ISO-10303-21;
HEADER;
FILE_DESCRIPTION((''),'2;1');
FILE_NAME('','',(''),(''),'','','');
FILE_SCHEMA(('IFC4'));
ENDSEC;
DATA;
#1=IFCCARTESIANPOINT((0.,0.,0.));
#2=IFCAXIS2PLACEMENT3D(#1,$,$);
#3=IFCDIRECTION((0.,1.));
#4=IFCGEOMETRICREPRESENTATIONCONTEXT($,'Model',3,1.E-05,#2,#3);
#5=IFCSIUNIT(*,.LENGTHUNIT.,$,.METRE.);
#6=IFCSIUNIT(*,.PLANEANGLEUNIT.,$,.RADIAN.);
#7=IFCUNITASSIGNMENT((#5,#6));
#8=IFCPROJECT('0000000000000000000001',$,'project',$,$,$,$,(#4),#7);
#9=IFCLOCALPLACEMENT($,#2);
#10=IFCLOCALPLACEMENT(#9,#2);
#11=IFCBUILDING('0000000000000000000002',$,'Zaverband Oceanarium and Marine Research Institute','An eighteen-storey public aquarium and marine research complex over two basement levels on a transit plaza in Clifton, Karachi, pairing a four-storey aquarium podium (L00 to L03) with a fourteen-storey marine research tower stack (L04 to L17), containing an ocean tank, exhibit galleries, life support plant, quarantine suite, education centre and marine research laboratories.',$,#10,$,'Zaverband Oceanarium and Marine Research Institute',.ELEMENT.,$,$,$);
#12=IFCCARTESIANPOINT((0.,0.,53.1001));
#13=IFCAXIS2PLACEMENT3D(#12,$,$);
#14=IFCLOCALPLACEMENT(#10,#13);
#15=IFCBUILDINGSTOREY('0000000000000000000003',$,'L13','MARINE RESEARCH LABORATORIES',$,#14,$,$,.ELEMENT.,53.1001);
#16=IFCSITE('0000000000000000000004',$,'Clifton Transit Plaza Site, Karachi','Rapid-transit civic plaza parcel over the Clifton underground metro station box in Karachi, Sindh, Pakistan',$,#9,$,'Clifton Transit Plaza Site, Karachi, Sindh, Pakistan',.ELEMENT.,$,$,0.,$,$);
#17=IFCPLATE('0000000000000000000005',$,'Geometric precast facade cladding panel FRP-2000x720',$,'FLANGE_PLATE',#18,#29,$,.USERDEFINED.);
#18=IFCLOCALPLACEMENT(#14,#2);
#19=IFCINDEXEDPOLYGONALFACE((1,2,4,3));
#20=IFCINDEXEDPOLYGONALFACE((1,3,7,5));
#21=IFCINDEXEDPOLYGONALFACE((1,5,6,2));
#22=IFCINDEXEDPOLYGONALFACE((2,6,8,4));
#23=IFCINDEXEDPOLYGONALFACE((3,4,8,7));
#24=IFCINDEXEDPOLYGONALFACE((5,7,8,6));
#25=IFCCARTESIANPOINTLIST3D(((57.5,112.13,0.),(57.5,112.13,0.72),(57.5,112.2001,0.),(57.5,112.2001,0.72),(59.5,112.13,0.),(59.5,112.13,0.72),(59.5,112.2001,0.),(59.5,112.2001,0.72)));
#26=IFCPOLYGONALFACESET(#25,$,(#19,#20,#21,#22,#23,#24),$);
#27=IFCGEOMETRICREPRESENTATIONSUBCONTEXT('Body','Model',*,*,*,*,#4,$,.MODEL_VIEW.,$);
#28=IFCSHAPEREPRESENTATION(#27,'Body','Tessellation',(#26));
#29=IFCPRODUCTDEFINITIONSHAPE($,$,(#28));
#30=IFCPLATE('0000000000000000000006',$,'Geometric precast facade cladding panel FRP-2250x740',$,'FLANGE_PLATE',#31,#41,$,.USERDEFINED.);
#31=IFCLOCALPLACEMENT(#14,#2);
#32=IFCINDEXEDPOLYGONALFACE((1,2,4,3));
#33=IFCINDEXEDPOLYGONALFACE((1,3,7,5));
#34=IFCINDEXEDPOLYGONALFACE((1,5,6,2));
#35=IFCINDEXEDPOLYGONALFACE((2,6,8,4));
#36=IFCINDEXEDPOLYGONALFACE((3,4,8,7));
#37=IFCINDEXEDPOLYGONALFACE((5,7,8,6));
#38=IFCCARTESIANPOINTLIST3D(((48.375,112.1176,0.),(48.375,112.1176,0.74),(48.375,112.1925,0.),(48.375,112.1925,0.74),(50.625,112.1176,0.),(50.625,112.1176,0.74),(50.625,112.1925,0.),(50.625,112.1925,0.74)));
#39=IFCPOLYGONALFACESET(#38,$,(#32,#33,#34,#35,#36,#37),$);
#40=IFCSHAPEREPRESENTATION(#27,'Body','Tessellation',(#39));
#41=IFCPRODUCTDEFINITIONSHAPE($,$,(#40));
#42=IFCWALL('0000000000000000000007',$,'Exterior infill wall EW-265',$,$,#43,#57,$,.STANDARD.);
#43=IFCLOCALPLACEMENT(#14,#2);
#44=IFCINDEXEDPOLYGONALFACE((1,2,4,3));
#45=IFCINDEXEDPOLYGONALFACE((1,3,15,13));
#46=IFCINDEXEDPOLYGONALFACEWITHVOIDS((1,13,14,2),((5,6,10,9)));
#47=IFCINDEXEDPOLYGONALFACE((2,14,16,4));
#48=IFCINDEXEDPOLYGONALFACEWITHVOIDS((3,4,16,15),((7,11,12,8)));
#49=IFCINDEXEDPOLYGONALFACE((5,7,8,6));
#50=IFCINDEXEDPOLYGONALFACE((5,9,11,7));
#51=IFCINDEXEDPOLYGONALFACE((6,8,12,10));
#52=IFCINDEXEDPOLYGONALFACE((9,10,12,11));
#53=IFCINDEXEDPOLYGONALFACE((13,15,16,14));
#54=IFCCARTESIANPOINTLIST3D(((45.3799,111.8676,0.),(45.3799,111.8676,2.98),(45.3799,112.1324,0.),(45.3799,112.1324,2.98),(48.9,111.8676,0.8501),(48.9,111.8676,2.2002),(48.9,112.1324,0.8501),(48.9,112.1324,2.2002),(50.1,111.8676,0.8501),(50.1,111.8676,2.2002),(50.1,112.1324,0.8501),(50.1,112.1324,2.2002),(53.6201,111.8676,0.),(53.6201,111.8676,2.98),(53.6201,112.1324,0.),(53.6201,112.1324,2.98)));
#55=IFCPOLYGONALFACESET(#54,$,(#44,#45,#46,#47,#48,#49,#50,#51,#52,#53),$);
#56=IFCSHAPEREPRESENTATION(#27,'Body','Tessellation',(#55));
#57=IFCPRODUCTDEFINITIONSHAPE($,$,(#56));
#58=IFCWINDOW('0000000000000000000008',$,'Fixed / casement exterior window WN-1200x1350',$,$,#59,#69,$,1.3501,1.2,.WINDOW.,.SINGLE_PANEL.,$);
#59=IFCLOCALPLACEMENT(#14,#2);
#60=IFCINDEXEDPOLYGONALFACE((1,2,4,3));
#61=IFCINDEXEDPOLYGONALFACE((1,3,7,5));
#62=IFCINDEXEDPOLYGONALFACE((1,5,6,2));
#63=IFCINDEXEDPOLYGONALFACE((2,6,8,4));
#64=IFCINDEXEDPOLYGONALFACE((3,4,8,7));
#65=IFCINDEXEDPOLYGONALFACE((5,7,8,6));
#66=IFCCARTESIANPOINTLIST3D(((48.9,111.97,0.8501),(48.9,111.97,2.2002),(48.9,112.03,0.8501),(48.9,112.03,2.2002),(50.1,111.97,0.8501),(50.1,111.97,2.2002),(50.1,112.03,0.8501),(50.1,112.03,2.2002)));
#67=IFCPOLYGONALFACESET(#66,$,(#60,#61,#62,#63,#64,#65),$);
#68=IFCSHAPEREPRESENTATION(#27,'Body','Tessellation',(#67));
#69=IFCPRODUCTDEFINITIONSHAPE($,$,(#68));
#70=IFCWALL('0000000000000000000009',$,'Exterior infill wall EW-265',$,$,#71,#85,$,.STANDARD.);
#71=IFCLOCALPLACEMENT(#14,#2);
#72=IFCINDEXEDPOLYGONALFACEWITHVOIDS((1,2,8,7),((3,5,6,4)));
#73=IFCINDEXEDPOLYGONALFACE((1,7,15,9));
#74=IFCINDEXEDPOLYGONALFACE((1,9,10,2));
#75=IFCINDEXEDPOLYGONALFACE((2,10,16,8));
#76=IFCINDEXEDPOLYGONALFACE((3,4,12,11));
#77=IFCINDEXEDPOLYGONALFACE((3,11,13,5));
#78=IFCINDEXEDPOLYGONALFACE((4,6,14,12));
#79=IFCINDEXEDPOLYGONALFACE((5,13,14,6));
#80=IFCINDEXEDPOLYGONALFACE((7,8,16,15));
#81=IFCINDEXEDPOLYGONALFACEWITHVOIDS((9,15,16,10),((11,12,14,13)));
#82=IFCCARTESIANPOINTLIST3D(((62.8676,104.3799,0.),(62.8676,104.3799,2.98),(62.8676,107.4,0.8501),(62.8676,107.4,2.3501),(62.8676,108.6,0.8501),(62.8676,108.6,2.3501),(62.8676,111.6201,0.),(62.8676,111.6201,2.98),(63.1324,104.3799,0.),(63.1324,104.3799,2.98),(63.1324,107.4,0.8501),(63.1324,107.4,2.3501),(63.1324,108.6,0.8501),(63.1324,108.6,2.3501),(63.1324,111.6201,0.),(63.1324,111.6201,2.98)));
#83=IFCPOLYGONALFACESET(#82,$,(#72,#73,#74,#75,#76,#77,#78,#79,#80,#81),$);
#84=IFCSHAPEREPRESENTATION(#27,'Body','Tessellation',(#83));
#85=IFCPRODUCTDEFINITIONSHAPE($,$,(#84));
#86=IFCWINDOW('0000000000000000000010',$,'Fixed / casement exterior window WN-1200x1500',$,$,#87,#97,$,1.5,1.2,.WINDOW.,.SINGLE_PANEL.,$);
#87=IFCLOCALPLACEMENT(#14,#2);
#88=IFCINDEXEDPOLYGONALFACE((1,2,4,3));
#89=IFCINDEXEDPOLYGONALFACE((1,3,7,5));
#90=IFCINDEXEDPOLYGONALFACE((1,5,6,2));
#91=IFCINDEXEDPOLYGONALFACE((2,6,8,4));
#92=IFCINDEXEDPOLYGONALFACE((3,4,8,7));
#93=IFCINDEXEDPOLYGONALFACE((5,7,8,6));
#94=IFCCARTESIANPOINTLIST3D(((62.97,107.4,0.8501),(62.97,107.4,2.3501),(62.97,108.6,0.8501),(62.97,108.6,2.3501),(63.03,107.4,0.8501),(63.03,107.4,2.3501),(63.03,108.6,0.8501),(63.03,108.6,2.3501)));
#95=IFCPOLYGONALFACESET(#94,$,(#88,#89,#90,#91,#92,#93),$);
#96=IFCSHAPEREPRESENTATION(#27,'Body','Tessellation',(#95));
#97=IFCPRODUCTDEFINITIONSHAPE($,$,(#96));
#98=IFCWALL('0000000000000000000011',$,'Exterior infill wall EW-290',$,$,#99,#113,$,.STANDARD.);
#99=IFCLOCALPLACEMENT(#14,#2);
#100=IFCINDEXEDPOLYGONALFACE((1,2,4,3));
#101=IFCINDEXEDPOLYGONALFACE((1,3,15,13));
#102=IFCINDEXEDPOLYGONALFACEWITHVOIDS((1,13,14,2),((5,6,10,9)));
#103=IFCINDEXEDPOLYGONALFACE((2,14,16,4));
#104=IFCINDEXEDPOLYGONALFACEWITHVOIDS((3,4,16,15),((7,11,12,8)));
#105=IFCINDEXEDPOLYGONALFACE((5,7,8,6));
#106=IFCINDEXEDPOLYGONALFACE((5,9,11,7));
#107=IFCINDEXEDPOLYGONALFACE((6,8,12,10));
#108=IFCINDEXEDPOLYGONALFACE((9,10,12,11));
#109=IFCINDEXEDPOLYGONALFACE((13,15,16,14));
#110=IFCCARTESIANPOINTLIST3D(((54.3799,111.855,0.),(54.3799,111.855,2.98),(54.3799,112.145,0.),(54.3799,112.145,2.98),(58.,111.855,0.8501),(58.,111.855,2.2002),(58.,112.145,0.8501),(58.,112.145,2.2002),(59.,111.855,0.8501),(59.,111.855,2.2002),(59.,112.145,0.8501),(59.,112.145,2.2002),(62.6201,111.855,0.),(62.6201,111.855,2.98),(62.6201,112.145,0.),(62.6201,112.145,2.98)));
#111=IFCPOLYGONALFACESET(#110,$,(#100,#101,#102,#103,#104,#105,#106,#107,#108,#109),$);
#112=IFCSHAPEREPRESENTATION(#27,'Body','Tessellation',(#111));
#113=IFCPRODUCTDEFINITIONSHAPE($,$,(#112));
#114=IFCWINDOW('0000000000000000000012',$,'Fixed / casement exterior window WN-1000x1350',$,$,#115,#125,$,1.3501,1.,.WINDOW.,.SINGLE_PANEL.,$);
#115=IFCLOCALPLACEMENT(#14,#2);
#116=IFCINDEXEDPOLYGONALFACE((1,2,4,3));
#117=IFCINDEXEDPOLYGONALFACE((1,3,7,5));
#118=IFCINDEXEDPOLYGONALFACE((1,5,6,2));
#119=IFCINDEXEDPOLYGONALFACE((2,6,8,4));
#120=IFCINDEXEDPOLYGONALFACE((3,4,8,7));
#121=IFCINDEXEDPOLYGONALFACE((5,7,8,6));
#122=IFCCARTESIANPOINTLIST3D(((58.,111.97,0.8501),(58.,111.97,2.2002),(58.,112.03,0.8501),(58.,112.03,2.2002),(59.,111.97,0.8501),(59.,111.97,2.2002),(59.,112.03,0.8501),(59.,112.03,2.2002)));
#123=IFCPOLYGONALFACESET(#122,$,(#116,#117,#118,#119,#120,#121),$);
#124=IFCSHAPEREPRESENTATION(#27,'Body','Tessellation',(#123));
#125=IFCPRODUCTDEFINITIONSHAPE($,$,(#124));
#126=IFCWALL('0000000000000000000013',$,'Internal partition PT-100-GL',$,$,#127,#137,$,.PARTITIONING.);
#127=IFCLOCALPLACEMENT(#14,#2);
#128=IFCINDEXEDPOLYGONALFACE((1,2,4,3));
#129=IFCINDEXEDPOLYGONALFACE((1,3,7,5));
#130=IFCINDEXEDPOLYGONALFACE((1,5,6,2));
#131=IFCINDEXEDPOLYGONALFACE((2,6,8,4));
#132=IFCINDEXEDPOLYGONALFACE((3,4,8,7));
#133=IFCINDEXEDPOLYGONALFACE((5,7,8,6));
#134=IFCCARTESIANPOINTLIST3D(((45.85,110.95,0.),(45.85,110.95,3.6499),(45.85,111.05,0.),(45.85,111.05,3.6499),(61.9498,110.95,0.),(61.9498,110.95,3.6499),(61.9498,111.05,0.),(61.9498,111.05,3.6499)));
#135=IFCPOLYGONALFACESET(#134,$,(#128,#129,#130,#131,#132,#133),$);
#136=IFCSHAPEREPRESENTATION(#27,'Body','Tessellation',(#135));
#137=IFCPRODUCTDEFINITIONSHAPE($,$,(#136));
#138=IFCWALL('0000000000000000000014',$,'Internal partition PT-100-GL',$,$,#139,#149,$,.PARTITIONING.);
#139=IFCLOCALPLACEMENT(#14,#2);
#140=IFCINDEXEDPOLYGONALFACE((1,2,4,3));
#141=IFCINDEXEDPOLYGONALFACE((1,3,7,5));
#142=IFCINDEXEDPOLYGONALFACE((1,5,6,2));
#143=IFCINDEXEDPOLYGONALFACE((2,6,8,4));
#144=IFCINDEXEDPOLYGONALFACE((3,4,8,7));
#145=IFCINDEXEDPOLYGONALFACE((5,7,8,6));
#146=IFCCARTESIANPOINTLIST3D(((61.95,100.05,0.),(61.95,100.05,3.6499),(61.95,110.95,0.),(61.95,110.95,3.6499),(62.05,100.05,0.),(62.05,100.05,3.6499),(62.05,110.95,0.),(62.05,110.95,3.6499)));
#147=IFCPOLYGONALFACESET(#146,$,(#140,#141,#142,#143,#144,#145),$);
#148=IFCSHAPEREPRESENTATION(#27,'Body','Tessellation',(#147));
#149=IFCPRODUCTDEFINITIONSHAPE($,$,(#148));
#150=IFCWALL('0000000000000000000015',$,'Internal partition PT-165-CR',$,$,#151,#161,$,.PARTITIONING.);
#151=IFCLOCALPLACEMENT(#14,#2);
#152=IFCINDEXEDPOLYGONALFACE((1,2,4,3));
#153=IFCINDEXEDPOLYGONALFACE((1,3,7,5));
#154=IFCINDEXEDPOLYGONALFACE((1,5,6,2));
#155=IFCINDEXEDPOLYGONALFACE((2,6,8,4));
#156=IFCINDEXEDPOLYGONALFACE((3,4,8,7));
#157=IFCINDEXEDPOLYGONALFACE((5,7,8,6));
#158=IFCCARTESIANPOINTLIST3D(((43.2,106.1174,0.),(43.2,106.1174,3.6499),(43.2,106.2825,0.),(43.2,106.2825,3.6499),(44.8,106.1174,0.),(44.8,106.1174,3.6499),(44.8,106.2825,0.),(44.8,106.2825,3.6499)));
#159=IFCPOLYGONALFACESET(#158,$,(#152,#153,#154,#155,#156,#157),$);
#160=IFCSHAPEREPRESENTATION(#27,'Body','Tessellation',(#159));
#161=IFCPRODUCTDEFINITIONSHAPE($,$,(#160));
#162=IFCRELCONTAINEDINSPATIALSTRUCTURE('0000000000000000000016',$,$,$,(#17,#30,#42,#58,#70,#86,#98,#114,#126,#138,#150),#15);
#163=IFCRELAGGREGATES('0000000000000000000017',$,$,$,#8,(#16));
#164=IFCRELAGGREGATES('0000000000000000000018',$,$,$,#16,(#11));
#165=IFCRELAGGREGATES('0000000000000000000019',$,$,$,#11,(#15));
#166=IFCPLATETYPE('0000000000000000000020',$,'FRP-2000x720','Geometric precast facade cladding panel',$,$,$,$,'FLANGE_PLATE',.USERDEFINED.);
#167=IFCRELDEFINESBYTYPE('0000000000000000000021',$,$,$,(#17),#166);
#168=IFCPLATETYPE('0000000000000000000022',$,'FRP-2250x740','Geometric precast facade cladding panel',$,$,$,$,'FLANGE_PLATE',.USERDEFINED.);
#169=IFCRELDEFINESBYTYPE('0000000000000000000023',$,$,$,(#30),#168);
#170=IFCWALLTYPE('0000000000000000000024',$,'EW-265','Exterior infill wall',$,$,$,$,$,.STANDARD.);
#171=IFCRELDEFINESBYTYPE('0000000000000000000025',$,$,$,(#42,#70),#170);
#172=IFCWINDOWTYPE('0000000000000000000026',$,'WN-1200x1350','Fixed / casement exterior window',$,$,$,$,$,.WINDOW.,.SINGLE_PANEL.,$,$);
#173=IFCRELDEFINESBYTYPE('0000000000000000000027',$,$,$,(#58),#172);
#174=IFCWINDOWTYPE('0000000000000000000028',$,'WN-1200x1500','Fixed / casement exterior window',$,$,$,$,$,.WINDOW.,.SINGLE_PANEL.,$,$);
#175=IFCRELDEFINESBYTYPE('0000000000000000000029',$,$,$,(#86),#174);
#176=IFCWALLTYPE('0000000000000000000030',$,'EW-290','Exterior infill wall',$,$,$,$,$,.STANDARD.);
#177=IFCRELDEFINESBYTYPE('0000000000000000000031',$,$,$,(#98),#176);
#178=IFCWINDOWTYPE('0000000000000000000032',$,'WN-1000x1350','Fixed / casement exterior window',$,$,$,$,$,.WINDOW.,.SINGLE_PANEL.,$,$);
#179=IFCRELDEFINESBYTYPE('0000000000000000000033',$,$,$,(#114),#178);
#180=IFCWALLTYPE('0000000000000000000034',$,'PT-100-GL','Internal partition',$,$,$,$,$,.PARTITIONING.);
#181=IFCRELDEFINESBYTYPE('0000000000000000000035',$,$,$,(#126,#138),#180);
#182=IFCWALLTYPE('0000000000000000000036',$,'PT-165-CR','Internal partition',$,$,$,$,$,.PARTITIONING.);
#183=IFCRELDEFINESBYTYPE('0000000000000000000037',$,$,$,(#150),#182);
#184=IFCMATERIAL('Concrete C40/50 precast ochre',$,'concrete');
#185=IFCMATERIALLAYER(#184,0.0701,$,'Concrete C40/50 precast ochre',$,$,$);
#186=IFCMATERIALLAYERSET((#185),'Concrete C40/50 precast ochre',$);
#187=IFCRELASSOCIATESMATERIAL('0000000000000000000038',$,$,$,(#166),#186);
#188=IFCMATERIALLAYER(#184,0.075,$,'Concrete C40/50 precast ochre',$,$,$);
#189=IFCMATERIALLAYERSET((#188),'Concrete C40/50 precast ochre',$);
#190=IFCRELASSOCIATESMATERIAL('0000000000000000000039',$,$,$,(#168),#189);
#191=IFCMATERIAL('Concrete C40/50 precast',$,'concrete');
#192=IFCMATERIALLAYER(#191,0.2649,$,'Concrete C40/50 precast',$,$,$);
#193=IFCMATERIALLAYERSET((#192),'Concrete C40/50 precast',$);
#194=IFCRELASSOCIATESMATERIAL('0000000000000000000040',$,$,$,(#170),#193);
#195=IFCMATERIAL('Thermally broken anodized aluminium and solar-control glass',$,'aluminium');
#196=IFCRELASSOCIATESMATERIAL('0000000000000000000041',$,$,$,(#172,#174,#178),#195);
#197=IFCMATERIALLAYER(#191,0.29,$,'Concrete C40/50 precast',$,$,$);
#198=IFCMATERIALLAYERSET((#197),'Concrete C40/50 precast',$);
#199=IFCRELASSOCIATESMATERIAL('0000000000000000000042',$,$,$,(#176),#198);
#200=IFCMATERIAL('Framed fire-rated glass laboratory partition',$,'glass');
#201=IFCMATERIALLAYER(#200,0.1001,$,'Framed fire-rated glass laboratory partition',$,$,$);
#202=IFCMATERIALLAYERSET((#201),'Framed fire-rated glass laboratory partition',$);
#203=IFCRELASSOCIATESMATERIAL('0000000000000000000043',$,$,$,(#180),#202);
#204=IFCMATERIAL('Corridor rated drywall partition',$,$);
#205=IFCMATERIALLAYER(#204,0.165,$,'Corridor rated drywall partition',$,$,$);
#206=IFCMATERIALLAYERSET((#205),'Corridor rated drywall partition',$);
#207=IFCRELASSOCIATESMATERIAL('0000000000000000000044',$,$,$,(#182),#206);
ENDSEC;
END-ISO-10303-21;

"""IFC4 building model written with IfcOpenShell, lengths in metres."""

from ifc_helpers import new_model, si_unit, direction, frame, frame_2d, origin, place, context, subcontext, project, spatial, rectangle, extrude, material, layer, layer_set, type_object, element, fill, save


model = new_model("IFC4")

# Units and contexts
model_context = context("Model", 3, precision=1e-05, world=origin(), true_north=direction((0.0, 1.0)))
body_context = subcontext(model_context, "Body", "Model", "MODEL_VIEW")
ifc_project = project(units=[si_unit("LENGTHUNIT", "METRE"), si_unit("PLANEANGLEUNIT", "RADIAN")], contexts=[model_context])

# Site, building, storey
site_placement = place(None, origin())
site = spatial("IfcSite", under=ifc_project, at=site_placement, Name="Clifton Transit Plaza Site, Karachi", Description="Rapid-transit civic plaza parcel over the Clifton underground metro station box in Karachi, Sindh, Pakistan", LongName="Clifton Transit Plaza Site, Karachi, Sindh, Pakistan", CompositionType="ELEMENT", RefElevation=0.0)
building_placement = place(site_placement, origin())
building = spatial("IfcBuilding", under=site, at=building_placement, Name="Zaverband Oceanarium and Marine Research Institute", Description="An eighteen-storey public aquarium and marine research complex over two basement levels on a transit plaza in Clifton, Karachi, pairing a four-storey aquarium podium (L00 to L03) with a fourteen-storey marine research tower stack (L04 to L17), containing an ocean tank, exhibit galleries, life support plant, quarantine suite, education centre and marine research laboratories.", LongName="Zaverband Oceanarium and Marine Research Institute", CompositionType="ELEMENT")
storey_placement = place(building_placement, frame((0.0, 0.0, 53.1001)))
storey = spatial("IfcBuildingStorey", under=building, at=storey_placement, Name="L13", Description="MARINE RESEARCH LABORATORIES", CompositionType="ELEMENT", Elevation=53.1001)

# Shared definitions
ifc_material_1 = material(Name="Thermally broken anodized aluminium and solar-control glass", Category="aluminium")

# Plates
ifc_material_2 = material(Name="Concrete C40/50 precast ochre", Category="concrete")
ifc_layer_1 = layer(ifc_material_2, 0.0701, Name="Concrete C40/50 precast ochre")
ifc_layer_set_1 = layer_set([ifc_layer_1], Name="Concrete C40/50 precast ochre")
plate_type_1 = type_object("IfcPlateType", Name="FRP-2000x720", Description="Geometric precast facade cladding panel", ElementType="FLANGE_PLATE", PredefinedType="USERDEFINED", material=ifc_layer_set_1)
plate_1_placement = place(storey_placement, frame((57.5, 112.165, 0.0), z_axis=(0.0, 0.0, 1.0), x_axis=(1.0, 0.0, 0.0)))
element("IfcPlate", 1, at=plate_1_placement, inside=storey, type_object=plate_type_1, Name="Geometric precast facade cladding panel FRP-2000x720", ObjectType="FLANGE_PLATE", PredefinedType="USERDEFINED", context=body_context, shape_type="SweptSolid", body=[
    extrude(rectangle(XDim=2.0, YDim=0.0701, at=frame_2d((1.0, 0.0))), origin(), (0.0, 0.0, 1.0), 0.72),
])
ifc_layer_2 = layer(ifc_material_2, 0.075, Name="Concrete C40/50 precast ochre")
ifc_layer_set_2 = layer_set([ifc_layer_2], Name="Concrete C40/50 precast ochre")
plate_type_2 = type_object("IfcPlateType", Name="FRP-2250x740", Description="Geometric precast facade cladding panel", ElementType="FLANGE_PLATE", PredefinedType="USERDEFINED", material=ifc_layer_set_2)
plate_2_placement = place(storey_placement, frame((48.375, 112.155, 0.0), z_axis=(0.0, 0.0, 1.0), x_axis=(1.0, 0.0, 0.0)))
element("IfcPlate", 2, at=plate_2_placement, inside=storey, type_object=plate_type_2, Name="Geometric precast facade cladding panel FRP-2250x740", ObjectType="FLANGE_PLATE", PredefinedType="USERDEFINED", context=body_context, shape_type="SweptSolid", body=[
    extrude(rectangle(XDim=2.25, YDim=0.075, at=frame_2d((1.125, 0.0))), origin(), (0.0, 0.0, 1.0), 0.74),
])

# Walls, openings, windows
ifc_material_3 = material(Name="Concrete C40/50 precast", Category="concrete")
ifc_layer_3 = layer(ifc_material_3, 0.2649, Name="Concrete C40/50 precast")
ifc_layer_set_3 = layer_set([ifc_layer_3], Name="Concrete C40/50 precast")
wall_type_1 = type_object("IfcWallType", Name="EW-265", Description="Exterior infill wall", PredefinedType="STANDARD", material=ifc_layer_set_3)
wall_1_placement = place(storey_placement, frame((45.3799, 112.0, 0.0), z_axis=(0.0, 0.0, 1.0), x_axis=(1.0, 0.0, 0.0)))
wall_1 = element("IfcWall", 3, at=wall_1_placement, inside=storey, type_object=wall_type_1, Name="Exterior infill wall EW-265", PredefinedType="STANDARD", context=body_context, shape_type="SweptSolid", body=[
    extrude(rectangle(XDim=8.2402, YDim=0.2649, at=frame_2d((4.1201, 0.0))), origin(), (0.0, 0.0, 1.0), 2.98),
])
opening_1_placement = place(wall_1_placement, frame((3.52, 0.0, 0.8501)))
opening_1 = element("IfcOpeningElement", 4, at=opening_1_placement, cuts=wall_1, PredefinedType="OPENING", context=body_context, shape_type="SweptSolid", body=[
    extrude(rectangle(XDim=1.2, YDim=1.3501, at=frame_2d((0.6001, 0.675))), frame((0.0, 0.1445, 0.0), z_axis=(0.0, -1.0, 0.0), x_axis=(1.0, 0.0, 0.0)), (0.0, 0.0, 1.0), 0.2888),
])
window_type_1 = type_object("IfcWindowType", Name="WN-1200x1350", Description="Fixed / casement exterior window", PartitioningType="SINGLE_PANEL", PredefinedType="WINDOW", material=ifc_material_1)
window_1_placement = place(opening_1_placement, origin())
window_1 = element("IfcWindow", 5, at=window_1_placement, inside=storey, type_object=window_type_1, Name="Fixed / casement exterior window WN-1200x1350", OverallHeight=1.3501, OverallWidth=1.2, PartitioningType="SINGLE_PANEL", PredefinedType="WINDOW", context=body_context, shape_type="SweptSolid", body=[
    extrude(rectangle(XDim=1.2, YDim=1.3501, at=frame_2d((0.6001, 0.675))), frame((0.0, 0.03, 0.0), z_axis=(0.0, -1.0, 0.0), x_axis=(1.0, 0.0, 0.0)), (0.0, 0.0, 1.0), 0.0601),
])
fill(opening_1, window_1)
wall_2_placement = place(storey_placement, frame((63.0, 104.3799, 0.0), z_axis=(0.0, 0.0, 1.0), x_axis=(0.0, 1.0, 0.0)))
wall_2 = element("IfcWall", 6, at=wall_2_placement, inside=storey, type_object=wall_type_1, Name="Exterior infill wall EW-265", PredefinedType="STANDARD", context=body_context, shape_type="SweptSolid", body=[
    extrude(rectangle(XDim=7.2402, YDim=0.2649, at=frame_2d((3.6201, 0.0))), origin(), (0.0, 0.0, 1.0), 2.98),
])
opening_2_placement = place(wall_2_placement, frame((3.02, 0.0, 0.8501)))
opening_2 = element("IfcOpeningElement", 7, at=opening_2_placement, cuts=wall_2, PredefinedType="OPENING", context=body_context, shape_type="SweptSolid", body=[
    extrude(rectangle(XDim=1.2, YDim=1.5, at=frame_2d((0.6001, 0.75))), frame((0.0, 0.1445, 0.0), z_axis=(0.0, -1.0, 0.0), x_axis=(1.0, 0.0, 0.0)), (0.0, 0.0, 1.0), 0.2888),
])
window_type_2 = type_object("IfcWindowType", Name="WN-1200x1500", Description="Fixed / casement exterior window", PartitioningType="SINGLE_PANEL", PredefinedType="WINDOW", material=ifc_material_1)
window_2_placement = place(opening_2_placement, origin())
window_2 = element("IfcWindow", 8, at=window_2_placement, inside=storey, type_object=window_type_2, Name="Fixed / casement exterior window WN-1200x1500", OverallHeight=1.5, OverallWidth=1.2, PartitioningType="SINGLE_PANEL", PredefinedType="WINDOW", context=body_context, shape_type="SweptSolid", body=[
    extrude(rectangle(XDim=1.2, YDim=1.5, at=frame_2d((0.6001, 0.75))), frame((0.0, 0.03, 0.0), z_axis=(0.0, -1.0, 0.0), x_axis=(1.0, 0.0, 0.0)), (0.0, 0.0, 1.0), 0.0601),
])
fill(opening_2, window_2)
ifc_layer_4 = layer(ifc_material_3, 0.29, Name="Concrete C40/50 precast")
ifc_layer_set_4 = layer_set([ifc_layer_4], Name="Concrete C40/50 precast")
wall_type_2 = type_object("IfcWallType", Name="EW-290", Description="Exterior infill wall", PredefinedType="STANDARD", material=ifc_layer_set_4)
wall_3_placement = place(storey_placement, frame((54.3799, 112.0, 0.0), z_axis=(0.0, 0.0, 1.0), x_axis=(1.0, 0.0, 0.0)))
wall_3 = element("IfcWall", 9, at=wall_3_placement, inside=storey, type_object=wall_type_2, Name="Exterior infill wall EW-290", PredefinedType="STANDARD", context=body_context, shape_type="SweptSolid", body=[
    extrude(rectangle(XDim=8.2402, YDim=0.29, at=frame_2d((4.1201, 0.0))), origin(), (0.0, 0.0, 1.0), 2.98),
])
opening_3_placement = place(wall_3_placement, frame((3.6201, 0.0, 0.8501)))
opening_3 = element("IfcOpeningElement", 10, at=opening_3_placement, cuts=wall_3, PredefinedType="OPENING", context=body_context, shape_type="SweptSolid", body=[
    extrude(rectangle(XDim=1.0, YDim=1.3501, at=frame_2d((0.5, 0.675))), frame((0.0, 0.157, 0.0), z_axis=(0.0, -1.0, 0.0), x_axis=(1.0, 0.0, 0.0)), (0.0, 0.0, 1.0), 0.314),
])
window_type_3 = type_object("IfcWindowType", Name="WN-1000x1350", Description="Fixed / casement exterior window", PartitioningType="SINGLE_PANEL", PredefinedType="WINDOW", material=ifc_material_1)
window_3_placement = place(opening_3_placement, origin())
window_3 = element("IfcWindow", 11, at=window_3_placement, inside=storey, type_object=window_type_3, Name="Fixed / casement exterior window WN-1000x1350", OverallHeight=1.3501, OverallWidth=1.0, PartitioningType="SINGLE_PANEL", PredefinedType="WINDOW", context=body_context, shape_type="SweptSolid", body=[
    extrude(rectangle(XDim=1.0, YDim=1.3501, at=frame_2d((0.5, 0.675))), frame((0.0, 0.03, 0.0), z_axis=(0.0, -1.0, 0.0), x_axis=(1.0, 0.0, 0.0)), (0.0, 0.0, 1.0), 0.0601),
])
fill(opening_3, window_3)

# Walls
ifc_material_4 = material(Name="Framed fire-rated glass laboratory partition", Category="glass")
ifc_layer_5 = layer(ifc_material_4, 0.1001, Name="Framed fire-rated glass laboratory partition")
ifc_layer_set_5 = layer_set([ifc_layer_5], Name="Framed fire-rated glass laboratory partition")
wall_type_3 = type_object("IfcWallType", Name="PT-100-GL", Description="Internal partition", PredefinedType="PARTITIONING", material=ifc_layer_set_5)
wall_4_placement = place(storey_placement, frame((45.8501, 111.0, 0.0), z_axis=(0.0, 0.0, 1.0), x_axis=(1.0, 0.0, 0.0)))
element("IfcWall", 12, at=wall_4_placement, inside=storey, type_object=wall_type_3, Name="Internal partition PT-100-GL", PredefinedType="PARTITIONING", context=body_context, shape_type="SweptSolid", body=[
    extrude(rectangle(XDim=16.0999, YDim=0.1001, at=frame_2d((8.0498, 0.0))), origin(), (0.0, 0.0, 1.0), 3.6499),
])
wall_5_placement = place(storey_placement, frame((62.0, 100.05, 0.0), z_axis=(0.0, 0.0, 1.0), x_axis=(0.0, 1.0, 0.0)))
element("IfcWall", 13, at=wall_5_placement, inside=storey, type_object=wall_type_3, Name="Internal partition PT-100-GL", PredefinedType="PARTITIONING", context=body_context, shape_type="SweptSolid", body=[
    extrude(rectangle(XDim=10.8999, YDim=0.1001, at=frame_2d((5.45, 0.0))), origin(), (0.0, 0.0, 1.0), 3.6499),
])
ifc_material_5 = material(Name="Corridor rated drywall partition")
ifc_layer_6 = layer(ifc_material_5, 0.165, Name="Corridor rated drywall partition")
ifc_layer_set_6 = layer_set([ifc_layer_6], Name="Corridor rated drywall partition")
wall_type_4 = type_object("IfcWallType", Name="PT-165-CR", Description="Internal partition", PredefinedType="PARTITIONING", material=ifc_layer_set_6)
wall_6_placement = place(storey_placement, frame((43.2, 106.2, 0.0), z_axis=(0.0, 0.0, 1.0), x_axis=(1.0, 0.0, 0.0)))
element("IfcWall", 14, at=wall_6_placement, inside=storey, type_object=wall_type_4, Name="Internal partition PT-165-CR", PredefinedType="PARTITIONING", context=body_context, shape_type="SweptSolid", body=[
    extrude(rectangle(XDim=1.6001, YDim=0.165, at=frame_2d((0.8, 0.0))), origin(), (0.0, 0.0, 1.0), 3.6499),
])

save(model, "model.ifc")
